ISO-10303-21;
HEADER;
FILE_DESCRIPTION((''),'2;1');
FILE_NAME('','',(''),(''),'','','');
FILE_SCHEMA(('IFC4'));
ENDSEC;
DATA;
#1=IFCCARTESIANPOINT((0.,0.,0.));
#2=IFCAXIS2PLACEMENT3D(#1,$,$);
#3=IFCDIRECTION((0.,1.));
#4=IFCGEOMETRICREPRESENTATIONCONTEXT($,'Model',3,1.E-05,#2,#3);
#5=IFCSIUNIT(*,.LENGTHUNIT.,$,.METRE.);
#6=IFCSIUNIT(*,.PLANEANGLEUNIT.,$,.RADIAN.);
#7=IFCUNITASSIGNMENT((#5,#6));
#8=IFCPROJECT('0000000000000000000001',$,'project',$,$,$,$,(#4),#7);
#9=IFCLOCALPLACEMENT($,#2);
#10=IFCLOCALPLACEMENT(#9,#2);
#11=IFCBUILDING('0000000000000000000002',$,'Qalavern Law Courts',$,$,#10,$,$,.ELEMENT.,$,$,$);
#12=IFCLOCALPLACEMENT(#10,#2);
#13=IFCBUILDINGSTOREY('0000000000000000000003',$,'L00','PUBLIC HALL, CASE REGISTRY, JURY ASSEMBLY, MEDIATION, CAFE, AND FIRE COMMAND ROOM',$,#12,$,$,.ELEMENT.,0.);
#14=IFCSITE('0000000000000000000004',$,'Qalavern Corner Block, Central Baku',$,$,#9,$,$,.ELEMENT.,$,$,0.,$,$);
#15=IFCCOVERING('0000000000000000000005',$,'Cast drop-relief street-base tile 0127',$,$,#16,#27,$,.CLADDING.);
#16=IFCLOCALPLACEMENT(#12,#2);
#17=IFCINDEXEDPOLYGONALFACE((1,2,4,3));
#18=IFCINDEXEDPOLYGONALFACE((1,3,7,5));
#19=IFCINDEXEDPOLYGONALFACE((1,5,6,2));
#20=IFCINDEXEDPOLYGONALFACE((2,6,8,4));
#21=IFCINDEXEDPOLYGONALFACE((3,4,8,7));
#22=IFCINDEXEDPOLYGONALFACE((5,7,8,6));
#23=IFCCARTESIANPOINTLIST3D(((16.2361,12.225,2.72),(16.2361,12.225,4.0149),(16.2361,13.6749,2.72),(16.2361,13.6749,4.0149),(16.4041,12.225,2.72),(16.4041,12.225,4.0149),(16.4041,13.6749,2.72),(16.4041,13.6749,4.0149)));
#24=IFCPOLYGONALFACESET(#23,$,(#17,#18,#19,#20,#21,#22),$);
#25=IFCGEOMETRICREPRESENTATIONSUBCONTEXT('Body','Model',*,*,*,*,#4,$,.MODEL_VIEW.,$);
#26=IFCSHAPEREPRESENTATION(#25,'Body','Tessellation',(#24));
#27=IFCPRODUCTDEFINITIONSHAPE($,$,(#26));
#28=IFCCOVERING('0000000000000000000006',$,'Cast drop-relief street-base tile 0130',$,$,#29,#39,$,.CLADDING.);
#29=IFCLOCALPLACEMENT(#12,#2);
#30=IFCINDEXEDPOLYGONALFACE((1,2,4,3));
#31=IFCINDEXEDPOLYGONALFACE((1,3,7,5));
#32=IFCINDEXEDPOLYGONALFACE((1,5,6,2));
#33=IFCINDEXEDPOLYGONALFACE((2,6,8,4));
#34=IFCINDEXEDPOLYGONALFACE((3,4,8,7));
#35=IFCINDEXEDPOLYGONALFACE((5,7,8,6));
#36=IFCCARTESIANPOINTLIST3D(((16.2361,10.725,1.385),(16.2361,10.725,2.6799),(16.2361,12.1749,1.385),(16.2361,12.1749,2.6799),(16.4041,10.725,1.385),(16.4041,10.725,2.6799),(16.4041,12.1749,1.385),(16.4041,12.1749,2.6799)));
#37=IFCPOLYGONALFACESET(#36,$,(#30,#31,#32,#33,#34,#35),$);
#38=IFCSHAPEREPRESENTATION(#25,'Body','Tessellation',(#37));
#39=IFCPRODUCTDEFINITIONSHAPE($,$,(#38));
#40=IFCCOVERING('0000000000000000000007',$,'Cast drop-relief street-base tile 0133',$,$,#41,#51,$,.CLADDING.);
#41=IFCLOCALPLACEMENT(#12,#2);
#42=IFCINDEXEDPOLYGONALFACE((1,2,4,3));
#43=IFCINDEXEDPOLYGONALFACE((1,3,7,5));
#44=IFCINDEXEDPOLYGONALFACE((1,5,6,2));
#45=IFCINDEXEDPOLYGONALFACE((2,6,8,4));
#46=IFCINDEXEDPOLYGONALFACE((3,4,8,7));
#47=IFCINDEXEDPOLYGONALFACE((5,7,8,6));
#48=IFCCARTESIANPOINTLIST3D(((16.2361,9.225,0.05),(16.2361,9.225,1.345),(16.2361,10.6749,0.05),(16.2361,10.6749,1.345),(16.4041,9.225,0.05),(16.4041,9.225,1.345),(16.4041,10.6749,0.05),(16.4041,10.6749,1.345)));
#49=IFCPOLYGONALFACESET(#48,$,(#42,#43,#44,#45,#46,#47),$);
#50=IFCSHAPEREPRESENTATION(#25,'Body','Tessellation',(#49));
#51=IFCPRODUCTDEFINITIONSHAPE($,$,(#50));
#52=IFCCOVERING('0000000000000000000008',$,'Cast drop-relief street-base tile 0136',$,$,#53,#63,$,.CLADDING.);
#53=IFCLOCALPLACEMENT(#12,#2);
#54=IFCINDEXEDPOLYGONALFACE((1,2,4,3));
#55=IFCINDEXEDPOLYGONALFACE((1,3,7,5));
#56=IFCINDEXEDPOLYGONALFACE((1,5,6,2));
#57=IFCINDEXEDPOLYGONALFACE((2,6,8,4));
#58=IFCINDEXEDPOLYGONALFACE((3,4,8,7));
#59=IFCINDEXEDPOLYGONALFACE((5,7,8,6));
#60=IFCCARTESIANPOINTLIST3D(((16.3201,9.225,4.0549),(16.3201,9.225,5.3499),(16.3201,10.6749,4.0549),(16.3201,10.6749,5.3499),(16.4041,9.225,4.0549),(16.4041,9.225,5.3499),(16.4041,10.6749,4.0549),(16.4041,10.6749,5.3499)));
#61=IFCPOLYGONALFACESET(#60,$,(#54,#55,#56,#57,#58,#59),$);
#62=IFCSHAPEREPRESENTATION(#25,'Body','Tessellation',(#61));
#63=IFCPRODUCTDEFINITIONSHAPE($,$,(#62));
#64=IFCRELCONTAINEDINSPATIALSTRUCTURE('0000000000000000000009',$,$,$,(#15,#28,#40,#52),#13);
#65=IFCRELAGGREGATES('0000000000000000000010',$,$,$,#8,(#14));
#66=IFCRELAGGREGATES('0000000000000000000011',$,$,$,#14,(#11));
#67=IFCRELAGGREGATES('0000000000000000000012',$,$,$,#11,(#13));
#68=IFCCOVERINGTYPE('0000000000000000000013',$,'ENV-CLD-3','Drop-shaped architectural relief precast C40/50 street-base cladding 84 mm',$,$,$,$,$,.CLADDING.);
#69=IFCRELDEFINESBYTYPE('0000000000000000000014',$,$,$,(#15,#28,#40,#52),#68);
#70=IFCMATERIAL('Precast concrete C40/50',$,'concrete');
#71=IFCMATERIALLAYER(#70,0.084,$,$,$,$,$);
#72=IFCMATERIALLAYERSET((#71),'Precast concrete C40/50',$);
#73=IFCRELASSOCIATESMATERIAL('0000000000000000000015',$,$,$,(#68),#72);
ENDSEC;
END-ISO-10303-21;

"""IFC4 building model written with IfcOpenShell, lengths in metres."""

from ifc_helpers import new_model, si_unit, direction, frame, origin, origin_2d, place, context, subcontext, project, spatial, rectangle, extrude, material, layer, layer_set, type_object, element, save


model = new_model("IFC4")

# Units and contexts
model_context = context("Model", 3, precision=1e-05, world=origin(), true_north=direction((0.0, 1.0)))
body_context = subcontext(model_context, "Body", "Model", "MODEL_VIEW")
ifc_project = project(units=[si_unit("LENGTHUNIT", "METRE"), si_unit("PLANEANGLEUNIT", "RADIAN")], contexts=[model_context])

# Site, building, storey
site_placement = place(None, origin())
site = spatial("IfcSite", under=ifc_project, at=site_placement, Name="Qalavern Corner Block, Central Baku", CompositionType="ELEMENT", RefElevation=0.0)
building_placement = place(site_placement, origin())
building = spatial("IfcBuilding", under=site, at=building_placement, Name="Qalavern Law Courts", CompositionType="ELEMENT")
storey_placement = place(building_placement, origin())
storey = spatial("IfcBuildingStorey", under=building, at=storey_placement, Name="L00", Description="PUBLIC HALL, CASE REGISTRY, JURY ASSEMBLY, MEDIATION, CAFE, AND FIRE COMMAND ROOM", CompositionType="ELEMENT", Elevation=0.0)

# Coverings
ifc_material_1 = material(Name="Precast concrete C40/50", Category="concrete")
ifc_layer_1 = layer(ifc_material_1, 0.084)
ifc_layer_set_1 = layer_set([ifc_layer_1], Name="Precast concrete C40/50")
covering_type_1 = type_object("IfcCoveringType", Name="ENV-CLD-3", Description="Drop-shaped architectural relief precast C40/50 street-base cladding 84 mm", PredefinedType="CLADDING", material=ifc_layer_set_1)
for number, where, z_axis, x_axis, name in (
    (1, (16.3201, 12.95, 2.72), (0.0, 0.0, 1.0), (0.0, -1.0, 0.0), "Cast drop-relief street-base tile 0127"),
    (2, (16.3201, 11.45, 1.385), (0.0, 0.0, 1.0), (0.0, -1.0, 0.0), "Cast drop-relief street-base tile 0130"),
    (3, (16.3201, 9.95, 0.05), (0.0, 0.0, 1.0), (0.0, -1.0, 0.0), "Cast drop-relief street-base tile 0133"),
):
    element("IfcCovering", number, at=place(storey_placement, frame(where, z_axis=z_axis, x_axis=x_axis)), inside=storey, type_object=covering_type_1, Name=name, PredefinedType="CLADDING", context=body_context, shape_type="SweptSolid", body=[
        extrude(rectangle(XDim=1.45, YDim=0.168, at=origin_2d()), origin(), (0.0, 0.0, 1.0), 1.2949),
    ])
covering_1_placement = place(storey_placement, frame((16.3621, 9.95, 4.0549), z_axis=(0.0, 0.0, 1.0), x_axis=(0.0, -1.0, 0.0)))
element("IfcCovering", 4, at=covering_1_placement, inside=storey, type_object=covering_type_1, Name="Cast drop-relief street-base tile 0136", PredefinedType="CLADDING", context=body_context, shape_type="SweptSolid", body=[
    extrude(rectangle(XDim=1.45, YDim=0.084, at=origin_2d()), origin(), (0.0, 0.0, 1.0), 1.2949),
])

save(model, "model.ifc")
